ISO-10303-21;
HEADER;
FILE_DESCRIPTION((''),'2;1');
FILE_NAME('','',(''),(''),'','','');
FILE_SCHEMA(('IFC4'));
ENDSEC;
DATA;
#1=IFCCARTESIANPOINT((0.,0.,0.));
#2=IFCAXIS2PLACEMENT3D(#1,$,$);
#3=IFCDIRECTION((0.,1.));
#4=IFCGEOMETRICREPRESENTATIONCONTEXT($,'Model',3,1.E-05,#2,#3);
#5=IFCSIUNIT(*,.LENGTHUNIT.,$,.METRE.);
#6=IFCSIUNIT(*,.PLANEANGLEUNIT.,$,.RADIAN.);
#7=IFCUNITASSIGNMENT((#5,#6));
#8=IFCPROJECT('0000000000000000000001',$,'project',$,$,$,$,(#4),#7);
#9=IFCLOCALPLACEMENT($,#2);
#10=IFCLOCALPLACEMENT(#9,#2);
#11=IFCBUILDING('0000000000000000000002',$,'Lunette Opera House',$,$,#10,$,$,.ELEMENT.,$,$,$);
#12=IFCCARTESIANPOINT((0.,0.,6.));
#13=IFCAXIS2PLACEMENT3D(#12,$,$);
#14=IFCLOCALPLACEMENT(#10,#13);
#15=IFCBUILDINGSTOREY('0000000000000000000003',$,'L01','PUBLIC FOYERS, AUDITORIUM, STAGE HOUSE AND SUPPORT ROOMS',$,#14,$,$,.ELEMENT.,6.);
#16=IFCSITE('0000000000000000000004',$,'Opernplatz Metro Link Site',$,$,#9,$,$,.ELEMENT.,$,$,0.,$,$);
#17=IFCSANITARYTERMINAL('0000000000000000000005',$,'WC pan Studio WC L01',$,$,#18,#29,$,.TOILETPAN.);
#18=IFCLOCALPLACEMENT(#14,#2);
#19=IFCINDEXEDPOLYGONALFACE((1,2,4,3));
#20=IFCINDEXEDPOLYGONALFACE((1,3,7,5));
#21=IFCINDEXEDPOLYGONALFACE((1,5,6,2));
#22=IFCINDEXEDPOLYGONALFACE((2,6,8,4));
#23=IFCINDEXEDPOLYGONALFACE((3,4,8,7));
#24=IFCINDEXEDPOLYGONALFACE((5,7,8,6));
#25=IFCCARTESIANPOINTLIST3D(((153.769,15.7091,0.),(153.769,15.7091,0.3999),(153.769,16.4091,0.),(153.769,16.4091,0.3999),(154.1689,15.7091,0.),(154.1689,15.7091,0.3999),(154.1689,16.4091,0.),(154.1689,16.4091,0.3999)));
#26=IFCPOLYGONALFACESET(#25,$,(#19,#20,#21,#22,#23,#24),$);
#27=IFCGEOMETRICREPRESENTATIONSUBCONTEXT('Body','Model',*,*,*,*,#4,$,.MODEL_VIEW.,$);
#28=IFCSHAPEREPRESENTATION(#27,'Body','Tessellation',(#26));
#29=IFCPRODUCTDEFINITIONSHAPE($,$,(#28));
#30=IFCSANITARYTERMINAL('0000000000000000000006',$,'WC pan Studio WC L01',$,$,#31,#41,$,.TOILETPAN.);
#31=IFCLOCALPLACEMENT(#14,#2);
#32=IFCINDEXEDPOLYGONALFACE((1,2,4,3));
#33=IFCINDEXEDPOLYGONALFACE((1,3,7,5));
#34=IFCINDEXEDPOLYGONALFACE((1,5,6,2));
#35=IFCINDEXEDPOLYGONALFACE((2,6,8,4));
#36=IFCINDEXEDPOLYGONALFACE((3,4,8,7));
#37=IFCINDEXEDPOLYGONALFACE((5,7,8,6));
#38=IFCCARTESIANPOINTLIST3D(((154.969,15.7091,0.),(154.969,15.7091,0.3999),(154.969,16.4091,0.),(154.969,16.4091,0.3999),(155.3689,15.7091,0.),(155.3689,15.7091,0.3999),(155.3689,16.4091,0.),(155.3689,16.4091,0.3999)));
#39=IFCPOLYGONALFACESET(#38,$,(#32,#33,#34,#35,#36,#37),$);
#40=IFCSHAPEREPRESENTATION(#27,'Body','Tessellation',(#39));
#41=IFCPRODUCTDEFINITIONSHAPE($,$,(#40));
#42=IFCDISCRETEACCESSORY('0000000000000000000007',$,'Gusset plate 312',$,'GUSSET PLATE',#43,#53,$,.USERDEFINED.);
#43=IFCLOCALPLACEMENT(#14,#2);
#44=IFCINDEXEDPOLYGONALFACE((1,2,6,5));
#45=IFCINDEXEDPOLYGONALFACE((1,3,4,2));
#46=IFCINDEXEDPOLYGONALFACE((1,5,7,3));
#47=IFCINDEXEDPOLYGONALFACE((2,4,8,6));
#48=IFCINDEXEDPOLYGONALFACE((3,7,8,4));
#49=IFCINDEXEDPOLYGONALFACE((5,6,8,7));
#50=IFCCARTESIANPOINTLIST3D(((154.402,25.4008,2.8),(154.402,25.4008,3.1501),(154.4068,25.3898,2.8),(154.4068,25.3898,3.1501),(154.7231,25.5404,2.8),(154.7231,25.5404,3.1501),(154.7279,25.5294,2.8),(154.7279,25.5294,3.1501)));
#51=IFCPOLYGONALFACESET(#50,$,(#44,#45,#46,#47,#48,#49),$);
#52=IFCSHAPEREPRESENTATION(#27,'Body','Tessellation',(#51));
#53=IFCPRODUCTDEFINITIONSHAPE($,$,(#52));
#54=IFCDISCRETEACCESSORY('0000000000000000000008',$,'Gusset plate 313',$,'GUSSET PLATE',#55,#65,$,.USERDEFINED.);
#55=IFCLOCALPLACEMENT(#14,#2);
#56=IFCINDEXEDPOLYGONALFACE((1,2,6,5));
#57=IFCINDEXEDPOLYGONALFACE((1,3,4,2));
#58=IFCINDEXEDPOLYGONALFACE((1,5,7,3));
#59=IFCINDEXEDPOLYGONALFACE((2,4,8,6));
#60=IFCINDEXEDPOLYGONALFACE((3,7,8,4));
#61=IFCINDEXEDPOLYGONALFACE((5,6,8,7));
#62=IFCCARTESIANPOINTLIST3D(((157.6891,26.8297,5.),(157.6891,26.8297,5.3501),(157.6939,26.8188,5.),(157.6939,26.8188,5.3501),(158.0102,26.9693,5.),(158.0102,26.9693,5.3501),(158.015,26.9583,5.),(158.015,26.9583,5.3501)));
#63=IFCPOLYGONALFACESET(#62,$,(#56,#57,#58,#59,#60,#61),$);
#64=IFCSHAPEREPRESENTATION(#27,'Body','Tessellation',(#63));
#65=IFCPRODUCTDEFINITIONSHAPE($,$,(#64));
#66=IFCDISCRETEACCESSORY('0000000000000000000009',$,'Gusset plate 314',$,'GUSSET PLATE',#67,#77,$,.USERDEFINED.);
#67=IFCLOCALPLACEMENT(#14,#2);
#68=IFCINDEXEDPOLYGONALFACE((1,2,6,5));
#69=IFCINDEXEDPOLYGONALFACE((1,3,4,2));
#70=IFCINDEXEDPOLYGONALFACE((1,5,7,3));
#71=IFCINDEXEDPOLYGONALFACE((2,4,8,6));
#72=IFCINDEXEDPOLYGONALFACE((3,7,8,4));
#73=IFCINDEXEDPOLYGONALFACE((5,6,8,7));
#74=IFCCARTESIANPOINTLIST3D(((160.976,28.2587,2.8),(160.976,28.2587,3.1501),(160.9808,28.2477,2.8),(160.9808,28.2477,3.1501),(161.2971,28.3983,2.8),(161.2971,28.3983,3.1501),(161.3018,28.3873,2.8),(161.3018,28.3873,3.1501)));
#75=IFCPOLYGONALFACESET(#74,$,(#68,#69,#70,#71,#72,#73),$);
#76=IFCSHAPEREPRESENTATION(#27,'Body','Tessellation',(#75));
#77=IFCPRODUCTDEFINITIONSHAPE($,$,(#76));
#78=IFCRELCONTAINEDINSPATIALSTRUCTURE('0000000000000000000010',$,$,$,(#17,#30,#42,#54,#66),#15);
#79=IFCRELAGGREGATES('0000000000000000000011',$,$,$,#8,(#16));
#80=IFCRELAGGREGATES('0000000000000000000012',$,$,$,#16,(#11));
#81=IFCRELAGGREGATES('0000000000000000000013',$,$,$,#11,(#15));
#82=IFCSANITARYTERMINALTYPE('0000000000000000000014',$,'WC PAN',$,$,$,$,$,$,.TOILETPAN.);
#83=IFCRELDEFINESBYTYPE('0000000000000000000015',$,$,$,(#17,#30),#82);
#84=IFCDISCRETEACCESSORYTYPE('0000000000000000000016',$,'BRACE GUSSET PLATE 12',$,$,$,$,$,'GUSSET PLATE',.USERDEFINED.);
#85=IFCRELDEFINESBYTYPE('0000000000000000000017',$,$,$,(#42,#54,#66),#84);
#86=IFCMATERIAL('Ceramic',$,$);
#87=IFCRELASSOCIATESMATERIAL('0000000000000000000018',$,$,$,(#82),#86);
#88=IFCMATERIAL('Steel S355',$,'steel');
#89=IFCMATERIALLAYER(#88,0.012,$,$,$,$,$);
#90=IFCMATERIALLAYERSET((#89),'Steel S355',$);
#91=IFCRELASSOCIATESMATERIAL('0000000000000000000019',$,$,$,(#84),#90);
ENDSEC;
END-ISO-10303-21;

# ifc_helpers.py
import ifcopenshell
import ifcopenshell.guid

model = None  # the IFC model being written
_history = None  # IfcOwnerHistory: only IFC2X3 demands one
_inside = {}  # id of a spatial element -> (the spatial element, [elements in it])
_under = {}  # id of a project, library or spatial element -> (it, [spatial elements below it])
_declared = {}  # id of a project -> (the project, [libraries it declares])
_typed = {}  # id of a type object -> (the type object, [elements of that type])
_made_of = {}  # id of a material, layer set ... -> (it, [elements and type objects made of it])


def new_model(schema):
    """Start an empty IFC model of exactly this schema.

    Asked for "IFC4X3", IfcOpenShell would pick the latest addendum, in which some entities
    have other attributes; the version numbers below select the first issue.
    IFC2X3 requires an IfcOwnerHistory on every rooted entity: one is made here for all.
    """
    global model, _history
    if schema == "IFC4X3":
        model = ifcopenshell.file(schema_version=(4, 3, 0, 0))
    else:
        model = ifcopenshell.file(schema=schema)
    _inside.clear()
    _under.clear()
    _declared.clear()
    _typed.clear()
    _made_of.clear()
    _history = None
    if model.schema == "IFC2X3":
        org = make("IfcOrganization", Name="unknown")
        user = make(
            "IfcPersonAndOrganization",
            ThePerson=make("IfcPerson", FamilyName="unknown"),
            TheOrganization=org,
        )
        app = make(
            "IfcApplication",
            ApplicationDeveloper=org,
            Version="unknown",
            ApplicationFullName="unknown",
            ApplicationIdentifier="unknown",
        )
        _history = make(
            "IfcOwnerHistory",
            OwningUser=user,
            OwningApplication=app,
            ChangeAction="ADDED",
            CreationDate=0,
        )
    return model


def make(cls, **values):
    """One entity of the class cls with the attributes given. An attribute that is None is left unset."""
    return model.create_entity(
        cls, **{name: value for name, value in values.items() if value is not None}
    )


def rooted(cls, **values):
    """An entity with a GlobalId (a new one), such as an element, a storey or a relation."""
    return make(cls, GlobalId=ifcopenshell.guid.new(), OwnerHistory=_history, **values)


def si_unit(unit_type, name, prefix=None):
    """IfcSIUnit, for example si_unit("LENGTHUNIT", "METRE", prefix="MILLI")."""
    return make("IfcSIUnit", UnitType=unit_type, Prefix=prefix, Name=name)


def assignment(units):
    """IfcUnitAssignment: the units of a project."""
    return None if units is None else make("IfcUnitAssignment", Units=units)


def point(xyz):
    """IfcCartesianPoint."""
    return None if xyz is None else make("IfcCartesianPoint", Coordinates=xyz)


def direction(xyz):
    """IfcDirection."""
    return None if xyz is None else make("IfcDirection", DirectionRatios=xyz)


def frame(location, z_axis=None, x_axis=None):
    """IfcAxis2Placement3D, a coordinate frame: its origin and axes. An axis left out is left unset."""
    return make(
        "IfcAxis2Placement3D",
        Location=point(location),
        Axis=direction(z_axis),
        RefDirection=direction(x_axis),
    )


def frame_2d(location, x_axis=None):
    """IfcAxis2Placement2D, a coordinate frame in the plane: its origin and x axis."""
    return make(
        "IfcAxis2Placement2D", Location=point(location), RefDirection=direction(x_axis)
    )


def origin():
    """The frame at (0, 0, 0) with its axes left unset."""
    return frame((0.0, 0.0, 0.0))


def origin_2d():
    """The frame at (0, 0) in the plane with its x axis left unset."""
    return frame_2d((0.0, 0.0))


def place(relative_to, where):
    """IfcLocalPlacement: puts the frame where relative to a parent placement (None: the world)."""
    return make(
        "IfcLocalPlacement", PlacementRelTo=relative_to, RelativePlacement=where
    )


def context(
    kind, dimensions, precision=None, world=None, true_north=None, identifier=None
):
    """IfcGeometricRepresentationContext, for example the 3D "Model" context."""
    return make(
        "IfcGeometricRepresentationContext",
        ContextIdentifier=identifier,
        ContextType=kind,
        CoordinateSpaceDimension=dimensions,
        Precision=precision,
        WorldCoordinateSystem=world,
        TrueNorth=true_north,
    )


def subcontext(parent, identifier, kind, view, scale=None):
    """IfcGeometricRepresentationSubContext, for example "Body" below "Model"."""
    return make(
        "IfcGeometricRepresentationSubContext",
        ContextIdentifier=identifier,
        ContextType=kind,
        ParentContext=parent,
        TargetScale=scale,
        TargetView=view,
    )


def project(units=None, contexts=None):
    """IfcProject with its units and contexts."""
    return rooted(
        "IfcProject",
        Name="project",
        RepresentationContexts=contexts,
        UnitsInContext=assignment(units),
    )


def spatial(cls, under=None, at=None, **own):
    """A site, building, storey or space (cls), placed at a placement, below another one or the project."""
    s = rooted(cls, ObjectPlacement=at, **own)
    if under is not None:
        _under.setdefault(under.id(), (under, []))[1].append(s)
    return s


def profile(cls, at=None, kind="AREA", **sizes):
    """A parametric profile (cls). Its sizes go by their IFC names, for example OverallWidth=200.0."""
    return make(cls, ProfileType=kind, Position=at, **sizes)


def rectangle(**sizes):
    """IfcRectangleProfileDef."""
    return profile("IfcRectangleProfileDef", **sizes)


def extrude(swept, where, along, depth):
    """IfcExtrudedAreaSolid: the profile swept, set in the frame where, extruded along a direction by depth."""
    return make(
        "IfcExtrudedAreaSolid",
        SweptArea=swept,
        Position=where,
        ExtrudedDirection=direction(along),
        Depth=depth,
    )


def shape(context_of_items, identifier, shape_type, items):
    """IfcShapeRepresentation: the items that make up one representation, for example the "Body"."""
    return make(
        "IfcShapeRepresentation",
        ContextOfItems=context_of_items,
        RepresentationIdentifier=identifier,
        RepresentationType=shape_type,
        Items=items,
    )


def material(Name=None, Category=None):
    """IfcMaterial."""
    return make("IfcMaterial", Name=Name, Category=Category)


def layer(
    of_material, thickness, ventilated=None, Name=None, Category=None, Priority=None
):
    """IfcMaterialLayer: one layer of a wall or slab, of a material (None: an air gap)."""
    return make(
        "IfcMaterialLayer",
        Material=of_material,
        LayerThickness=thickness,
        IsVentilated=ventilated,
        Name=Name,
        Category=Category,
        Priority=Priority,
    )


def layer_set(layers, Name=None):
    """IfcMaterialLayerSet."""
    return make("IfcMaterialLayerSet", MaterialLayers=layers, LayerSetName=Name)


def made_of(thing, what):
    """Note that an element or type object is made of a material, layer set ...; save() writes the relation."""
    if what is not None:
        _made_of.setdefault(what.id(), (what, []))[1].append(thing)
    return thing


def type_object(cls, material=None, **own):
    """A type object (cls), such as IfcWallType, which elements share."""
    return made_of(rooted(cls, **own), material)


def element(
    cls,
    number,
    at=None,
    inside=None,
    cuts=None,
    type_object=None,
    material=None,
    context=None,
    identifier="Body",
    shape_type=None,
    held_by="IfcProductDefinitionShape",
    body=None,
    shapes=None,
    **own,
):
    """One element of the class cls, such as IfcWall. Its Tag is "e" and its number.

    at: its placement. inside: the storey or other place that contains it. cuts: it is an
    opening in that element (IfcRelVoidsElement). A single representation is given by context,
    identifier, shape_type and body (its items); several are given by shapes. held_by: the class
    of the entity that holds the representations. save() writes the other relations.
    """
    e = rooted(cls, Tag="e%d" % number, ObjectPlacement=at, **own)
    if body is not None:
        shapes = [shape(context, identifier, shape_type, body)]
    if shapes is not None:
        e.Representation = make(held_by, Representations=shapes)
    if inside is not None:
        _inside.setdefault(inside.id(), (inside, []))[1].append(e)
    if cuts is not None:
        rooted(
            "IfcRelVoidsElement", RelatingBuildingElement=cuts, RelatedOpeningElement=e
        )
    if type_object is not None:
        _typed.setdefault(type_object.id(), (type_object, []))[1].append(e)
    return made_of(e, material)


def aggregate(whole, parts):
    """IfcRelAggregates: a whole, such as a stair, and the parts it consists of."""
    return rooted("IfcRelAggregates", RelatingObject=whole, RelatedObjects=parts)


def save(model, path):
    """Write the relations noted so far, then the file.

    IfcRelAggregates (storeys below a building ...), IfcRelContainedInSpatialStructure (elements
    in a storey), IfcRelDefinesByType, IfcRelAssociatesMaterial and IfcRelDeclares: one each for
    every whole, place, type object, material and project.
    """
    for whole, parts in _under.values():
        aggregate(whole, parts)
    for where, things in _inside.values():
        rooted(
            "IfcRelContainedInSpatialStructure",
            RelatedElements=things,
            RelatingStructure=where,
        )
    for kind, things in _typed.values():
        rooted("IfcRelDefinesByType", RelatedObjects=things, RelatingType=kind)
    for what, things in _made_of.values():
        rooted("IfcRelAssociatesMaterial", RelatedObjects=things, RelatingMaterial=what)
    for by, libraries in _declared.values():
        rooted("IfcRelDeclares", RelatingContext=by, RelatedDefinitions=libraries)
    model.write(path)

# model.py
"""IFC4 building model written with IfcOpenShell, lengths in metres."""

from ifc_helpers import new_model, si_unit, direction, frame, origin, origin_2d, place, context, subcontext, project, spatial, rectangle, extrude, material, layer, layer_set, type_object, element, save


model = new_model("IFC4")

# Units and contexts
model_context = context("Model", 3, precision=1e-05, world=origin(), true_north=direction((0.0, 1.0)))
body_context = subcontext(model_context, "Body", "Model", "MODEL_VIEW")
ifc_project = project(units=[si_unit("LENGTHUNIT", "METRE"), si_unit("PLANEANGLEUNIT", "RADIAN")], contexts=[model_context])

# Site, building, storey
site_placement = place(None, origin())
site = spatial("IfcSite", under=ifc_project, at=site_placement, Name="Opernplatz Metro Link Site", CompositionType="ELEMENT", RefElevation=0.0)
building_placement = place(site_placement, origin())
building = spatial("IfcBuilding", under=site, at=building_placement, Name="Lunette Opera House", CompositionType="ELEMENT")
storey_placement = place(building_placement, frame((0.0, 0.0, 6.0)))
storey = spatial("IfcBuildingStorey", under=building, at=storey_placement, Name="L01", Description="PUBLIC FOYERS, AUDITORIUM, STAGE HOUSE AND SUPPORT ROOMS", CompositionType="ELEMENT", Elevation=6.0)

# Sanitary terminals
ifc_material_1 = material(Name="Ceramic")
sanitary_terminal_type_1 = type_object("IfcSanitaryTerminalType", Name="WC PAN", PredefinedType="TOILETPAN", material=ifc_material_1)
for number, where, z_axis, x_axis, name in (
    (1, (153.969, 16.0591, 0.0), (0.0, 0.0, 1.0), (1.0, 0.0, 0.0), "WC pan Studio WC L01"),
    (2, (155.1689, 16.0591, 0.0), (0.0, 0.0, 1.0), (1.0, 0.0, 0.0), "WC pan Studio WC L01"),
):
    element("IfcSanitaryTerminal", number, at=place(storey_placement, frame(where, z_axis=z_axis, x_axis=x_axis)), inside=storey, type_object=sanitary_terminal_type_1, Name=name, PredefinedType="TOILETPAN", context=body_context, shape_type="SweptSolid", body=[
        extrude(rectangle(XDim=0.3999, YDim=0.7, at=origin_2d()), origin(), (0.0, 0.0, 1.0), 0.3999),
    ])

# Discrete accessories
ifc_material_2 = material(Name="Steel S355", Category="steel")
ifc_layer_1 = layer(ifc_material_2, 0.012)
ifc_layer_set_1 = layer_set([ifc_layer_1], Name="Steel S355")
discrete_accessory_type = type_object("IfcDiscreteAccessoryType", Name="BRACE GUSSET PLATE 12", ElementType="GUSSET PLATE", PredefinedType="USERDEFINED", material=ifc_layer_set_1)
for number, where, z_axis, x_axis, name in (
    (3, (154.5649, 25.4651, 2.8), (0.0, 0.0, 1.0), (0.917083, 0.398696, 0.0), "Gusset plate 312"),
    (4, (157.8521, 26.894, 5.0), (0.0, 0.0, 1.0), (0.917083, 0.398696, 0.0), "Gusset plate 313"),
    (5, (161.1389, 28.323, 2.8), (0.0, 0.0, 1.0), (0.917083, 0.398696, 0.0), "Gusset plate 314"),
):
    element("IfcDiscreteAccessory", number, at=place(storey_placement, frame(where, z_axis=z_axis, x_axis=x_axis)), inside=storey, type_object=discrete_accessory_type, Name=name, ObjectType="GUSSET PLATE", PredefinedType="USERDEFINED", context=body_context, shape_type="SweptSolid", body=[
        extrude(rectangle(XDim=0.3501, YDim=0.012, at=origin_2d()), origin(), (0.0, 0.0, 1.0), 0.3501),
    ])

save(model, "model.ifc")
